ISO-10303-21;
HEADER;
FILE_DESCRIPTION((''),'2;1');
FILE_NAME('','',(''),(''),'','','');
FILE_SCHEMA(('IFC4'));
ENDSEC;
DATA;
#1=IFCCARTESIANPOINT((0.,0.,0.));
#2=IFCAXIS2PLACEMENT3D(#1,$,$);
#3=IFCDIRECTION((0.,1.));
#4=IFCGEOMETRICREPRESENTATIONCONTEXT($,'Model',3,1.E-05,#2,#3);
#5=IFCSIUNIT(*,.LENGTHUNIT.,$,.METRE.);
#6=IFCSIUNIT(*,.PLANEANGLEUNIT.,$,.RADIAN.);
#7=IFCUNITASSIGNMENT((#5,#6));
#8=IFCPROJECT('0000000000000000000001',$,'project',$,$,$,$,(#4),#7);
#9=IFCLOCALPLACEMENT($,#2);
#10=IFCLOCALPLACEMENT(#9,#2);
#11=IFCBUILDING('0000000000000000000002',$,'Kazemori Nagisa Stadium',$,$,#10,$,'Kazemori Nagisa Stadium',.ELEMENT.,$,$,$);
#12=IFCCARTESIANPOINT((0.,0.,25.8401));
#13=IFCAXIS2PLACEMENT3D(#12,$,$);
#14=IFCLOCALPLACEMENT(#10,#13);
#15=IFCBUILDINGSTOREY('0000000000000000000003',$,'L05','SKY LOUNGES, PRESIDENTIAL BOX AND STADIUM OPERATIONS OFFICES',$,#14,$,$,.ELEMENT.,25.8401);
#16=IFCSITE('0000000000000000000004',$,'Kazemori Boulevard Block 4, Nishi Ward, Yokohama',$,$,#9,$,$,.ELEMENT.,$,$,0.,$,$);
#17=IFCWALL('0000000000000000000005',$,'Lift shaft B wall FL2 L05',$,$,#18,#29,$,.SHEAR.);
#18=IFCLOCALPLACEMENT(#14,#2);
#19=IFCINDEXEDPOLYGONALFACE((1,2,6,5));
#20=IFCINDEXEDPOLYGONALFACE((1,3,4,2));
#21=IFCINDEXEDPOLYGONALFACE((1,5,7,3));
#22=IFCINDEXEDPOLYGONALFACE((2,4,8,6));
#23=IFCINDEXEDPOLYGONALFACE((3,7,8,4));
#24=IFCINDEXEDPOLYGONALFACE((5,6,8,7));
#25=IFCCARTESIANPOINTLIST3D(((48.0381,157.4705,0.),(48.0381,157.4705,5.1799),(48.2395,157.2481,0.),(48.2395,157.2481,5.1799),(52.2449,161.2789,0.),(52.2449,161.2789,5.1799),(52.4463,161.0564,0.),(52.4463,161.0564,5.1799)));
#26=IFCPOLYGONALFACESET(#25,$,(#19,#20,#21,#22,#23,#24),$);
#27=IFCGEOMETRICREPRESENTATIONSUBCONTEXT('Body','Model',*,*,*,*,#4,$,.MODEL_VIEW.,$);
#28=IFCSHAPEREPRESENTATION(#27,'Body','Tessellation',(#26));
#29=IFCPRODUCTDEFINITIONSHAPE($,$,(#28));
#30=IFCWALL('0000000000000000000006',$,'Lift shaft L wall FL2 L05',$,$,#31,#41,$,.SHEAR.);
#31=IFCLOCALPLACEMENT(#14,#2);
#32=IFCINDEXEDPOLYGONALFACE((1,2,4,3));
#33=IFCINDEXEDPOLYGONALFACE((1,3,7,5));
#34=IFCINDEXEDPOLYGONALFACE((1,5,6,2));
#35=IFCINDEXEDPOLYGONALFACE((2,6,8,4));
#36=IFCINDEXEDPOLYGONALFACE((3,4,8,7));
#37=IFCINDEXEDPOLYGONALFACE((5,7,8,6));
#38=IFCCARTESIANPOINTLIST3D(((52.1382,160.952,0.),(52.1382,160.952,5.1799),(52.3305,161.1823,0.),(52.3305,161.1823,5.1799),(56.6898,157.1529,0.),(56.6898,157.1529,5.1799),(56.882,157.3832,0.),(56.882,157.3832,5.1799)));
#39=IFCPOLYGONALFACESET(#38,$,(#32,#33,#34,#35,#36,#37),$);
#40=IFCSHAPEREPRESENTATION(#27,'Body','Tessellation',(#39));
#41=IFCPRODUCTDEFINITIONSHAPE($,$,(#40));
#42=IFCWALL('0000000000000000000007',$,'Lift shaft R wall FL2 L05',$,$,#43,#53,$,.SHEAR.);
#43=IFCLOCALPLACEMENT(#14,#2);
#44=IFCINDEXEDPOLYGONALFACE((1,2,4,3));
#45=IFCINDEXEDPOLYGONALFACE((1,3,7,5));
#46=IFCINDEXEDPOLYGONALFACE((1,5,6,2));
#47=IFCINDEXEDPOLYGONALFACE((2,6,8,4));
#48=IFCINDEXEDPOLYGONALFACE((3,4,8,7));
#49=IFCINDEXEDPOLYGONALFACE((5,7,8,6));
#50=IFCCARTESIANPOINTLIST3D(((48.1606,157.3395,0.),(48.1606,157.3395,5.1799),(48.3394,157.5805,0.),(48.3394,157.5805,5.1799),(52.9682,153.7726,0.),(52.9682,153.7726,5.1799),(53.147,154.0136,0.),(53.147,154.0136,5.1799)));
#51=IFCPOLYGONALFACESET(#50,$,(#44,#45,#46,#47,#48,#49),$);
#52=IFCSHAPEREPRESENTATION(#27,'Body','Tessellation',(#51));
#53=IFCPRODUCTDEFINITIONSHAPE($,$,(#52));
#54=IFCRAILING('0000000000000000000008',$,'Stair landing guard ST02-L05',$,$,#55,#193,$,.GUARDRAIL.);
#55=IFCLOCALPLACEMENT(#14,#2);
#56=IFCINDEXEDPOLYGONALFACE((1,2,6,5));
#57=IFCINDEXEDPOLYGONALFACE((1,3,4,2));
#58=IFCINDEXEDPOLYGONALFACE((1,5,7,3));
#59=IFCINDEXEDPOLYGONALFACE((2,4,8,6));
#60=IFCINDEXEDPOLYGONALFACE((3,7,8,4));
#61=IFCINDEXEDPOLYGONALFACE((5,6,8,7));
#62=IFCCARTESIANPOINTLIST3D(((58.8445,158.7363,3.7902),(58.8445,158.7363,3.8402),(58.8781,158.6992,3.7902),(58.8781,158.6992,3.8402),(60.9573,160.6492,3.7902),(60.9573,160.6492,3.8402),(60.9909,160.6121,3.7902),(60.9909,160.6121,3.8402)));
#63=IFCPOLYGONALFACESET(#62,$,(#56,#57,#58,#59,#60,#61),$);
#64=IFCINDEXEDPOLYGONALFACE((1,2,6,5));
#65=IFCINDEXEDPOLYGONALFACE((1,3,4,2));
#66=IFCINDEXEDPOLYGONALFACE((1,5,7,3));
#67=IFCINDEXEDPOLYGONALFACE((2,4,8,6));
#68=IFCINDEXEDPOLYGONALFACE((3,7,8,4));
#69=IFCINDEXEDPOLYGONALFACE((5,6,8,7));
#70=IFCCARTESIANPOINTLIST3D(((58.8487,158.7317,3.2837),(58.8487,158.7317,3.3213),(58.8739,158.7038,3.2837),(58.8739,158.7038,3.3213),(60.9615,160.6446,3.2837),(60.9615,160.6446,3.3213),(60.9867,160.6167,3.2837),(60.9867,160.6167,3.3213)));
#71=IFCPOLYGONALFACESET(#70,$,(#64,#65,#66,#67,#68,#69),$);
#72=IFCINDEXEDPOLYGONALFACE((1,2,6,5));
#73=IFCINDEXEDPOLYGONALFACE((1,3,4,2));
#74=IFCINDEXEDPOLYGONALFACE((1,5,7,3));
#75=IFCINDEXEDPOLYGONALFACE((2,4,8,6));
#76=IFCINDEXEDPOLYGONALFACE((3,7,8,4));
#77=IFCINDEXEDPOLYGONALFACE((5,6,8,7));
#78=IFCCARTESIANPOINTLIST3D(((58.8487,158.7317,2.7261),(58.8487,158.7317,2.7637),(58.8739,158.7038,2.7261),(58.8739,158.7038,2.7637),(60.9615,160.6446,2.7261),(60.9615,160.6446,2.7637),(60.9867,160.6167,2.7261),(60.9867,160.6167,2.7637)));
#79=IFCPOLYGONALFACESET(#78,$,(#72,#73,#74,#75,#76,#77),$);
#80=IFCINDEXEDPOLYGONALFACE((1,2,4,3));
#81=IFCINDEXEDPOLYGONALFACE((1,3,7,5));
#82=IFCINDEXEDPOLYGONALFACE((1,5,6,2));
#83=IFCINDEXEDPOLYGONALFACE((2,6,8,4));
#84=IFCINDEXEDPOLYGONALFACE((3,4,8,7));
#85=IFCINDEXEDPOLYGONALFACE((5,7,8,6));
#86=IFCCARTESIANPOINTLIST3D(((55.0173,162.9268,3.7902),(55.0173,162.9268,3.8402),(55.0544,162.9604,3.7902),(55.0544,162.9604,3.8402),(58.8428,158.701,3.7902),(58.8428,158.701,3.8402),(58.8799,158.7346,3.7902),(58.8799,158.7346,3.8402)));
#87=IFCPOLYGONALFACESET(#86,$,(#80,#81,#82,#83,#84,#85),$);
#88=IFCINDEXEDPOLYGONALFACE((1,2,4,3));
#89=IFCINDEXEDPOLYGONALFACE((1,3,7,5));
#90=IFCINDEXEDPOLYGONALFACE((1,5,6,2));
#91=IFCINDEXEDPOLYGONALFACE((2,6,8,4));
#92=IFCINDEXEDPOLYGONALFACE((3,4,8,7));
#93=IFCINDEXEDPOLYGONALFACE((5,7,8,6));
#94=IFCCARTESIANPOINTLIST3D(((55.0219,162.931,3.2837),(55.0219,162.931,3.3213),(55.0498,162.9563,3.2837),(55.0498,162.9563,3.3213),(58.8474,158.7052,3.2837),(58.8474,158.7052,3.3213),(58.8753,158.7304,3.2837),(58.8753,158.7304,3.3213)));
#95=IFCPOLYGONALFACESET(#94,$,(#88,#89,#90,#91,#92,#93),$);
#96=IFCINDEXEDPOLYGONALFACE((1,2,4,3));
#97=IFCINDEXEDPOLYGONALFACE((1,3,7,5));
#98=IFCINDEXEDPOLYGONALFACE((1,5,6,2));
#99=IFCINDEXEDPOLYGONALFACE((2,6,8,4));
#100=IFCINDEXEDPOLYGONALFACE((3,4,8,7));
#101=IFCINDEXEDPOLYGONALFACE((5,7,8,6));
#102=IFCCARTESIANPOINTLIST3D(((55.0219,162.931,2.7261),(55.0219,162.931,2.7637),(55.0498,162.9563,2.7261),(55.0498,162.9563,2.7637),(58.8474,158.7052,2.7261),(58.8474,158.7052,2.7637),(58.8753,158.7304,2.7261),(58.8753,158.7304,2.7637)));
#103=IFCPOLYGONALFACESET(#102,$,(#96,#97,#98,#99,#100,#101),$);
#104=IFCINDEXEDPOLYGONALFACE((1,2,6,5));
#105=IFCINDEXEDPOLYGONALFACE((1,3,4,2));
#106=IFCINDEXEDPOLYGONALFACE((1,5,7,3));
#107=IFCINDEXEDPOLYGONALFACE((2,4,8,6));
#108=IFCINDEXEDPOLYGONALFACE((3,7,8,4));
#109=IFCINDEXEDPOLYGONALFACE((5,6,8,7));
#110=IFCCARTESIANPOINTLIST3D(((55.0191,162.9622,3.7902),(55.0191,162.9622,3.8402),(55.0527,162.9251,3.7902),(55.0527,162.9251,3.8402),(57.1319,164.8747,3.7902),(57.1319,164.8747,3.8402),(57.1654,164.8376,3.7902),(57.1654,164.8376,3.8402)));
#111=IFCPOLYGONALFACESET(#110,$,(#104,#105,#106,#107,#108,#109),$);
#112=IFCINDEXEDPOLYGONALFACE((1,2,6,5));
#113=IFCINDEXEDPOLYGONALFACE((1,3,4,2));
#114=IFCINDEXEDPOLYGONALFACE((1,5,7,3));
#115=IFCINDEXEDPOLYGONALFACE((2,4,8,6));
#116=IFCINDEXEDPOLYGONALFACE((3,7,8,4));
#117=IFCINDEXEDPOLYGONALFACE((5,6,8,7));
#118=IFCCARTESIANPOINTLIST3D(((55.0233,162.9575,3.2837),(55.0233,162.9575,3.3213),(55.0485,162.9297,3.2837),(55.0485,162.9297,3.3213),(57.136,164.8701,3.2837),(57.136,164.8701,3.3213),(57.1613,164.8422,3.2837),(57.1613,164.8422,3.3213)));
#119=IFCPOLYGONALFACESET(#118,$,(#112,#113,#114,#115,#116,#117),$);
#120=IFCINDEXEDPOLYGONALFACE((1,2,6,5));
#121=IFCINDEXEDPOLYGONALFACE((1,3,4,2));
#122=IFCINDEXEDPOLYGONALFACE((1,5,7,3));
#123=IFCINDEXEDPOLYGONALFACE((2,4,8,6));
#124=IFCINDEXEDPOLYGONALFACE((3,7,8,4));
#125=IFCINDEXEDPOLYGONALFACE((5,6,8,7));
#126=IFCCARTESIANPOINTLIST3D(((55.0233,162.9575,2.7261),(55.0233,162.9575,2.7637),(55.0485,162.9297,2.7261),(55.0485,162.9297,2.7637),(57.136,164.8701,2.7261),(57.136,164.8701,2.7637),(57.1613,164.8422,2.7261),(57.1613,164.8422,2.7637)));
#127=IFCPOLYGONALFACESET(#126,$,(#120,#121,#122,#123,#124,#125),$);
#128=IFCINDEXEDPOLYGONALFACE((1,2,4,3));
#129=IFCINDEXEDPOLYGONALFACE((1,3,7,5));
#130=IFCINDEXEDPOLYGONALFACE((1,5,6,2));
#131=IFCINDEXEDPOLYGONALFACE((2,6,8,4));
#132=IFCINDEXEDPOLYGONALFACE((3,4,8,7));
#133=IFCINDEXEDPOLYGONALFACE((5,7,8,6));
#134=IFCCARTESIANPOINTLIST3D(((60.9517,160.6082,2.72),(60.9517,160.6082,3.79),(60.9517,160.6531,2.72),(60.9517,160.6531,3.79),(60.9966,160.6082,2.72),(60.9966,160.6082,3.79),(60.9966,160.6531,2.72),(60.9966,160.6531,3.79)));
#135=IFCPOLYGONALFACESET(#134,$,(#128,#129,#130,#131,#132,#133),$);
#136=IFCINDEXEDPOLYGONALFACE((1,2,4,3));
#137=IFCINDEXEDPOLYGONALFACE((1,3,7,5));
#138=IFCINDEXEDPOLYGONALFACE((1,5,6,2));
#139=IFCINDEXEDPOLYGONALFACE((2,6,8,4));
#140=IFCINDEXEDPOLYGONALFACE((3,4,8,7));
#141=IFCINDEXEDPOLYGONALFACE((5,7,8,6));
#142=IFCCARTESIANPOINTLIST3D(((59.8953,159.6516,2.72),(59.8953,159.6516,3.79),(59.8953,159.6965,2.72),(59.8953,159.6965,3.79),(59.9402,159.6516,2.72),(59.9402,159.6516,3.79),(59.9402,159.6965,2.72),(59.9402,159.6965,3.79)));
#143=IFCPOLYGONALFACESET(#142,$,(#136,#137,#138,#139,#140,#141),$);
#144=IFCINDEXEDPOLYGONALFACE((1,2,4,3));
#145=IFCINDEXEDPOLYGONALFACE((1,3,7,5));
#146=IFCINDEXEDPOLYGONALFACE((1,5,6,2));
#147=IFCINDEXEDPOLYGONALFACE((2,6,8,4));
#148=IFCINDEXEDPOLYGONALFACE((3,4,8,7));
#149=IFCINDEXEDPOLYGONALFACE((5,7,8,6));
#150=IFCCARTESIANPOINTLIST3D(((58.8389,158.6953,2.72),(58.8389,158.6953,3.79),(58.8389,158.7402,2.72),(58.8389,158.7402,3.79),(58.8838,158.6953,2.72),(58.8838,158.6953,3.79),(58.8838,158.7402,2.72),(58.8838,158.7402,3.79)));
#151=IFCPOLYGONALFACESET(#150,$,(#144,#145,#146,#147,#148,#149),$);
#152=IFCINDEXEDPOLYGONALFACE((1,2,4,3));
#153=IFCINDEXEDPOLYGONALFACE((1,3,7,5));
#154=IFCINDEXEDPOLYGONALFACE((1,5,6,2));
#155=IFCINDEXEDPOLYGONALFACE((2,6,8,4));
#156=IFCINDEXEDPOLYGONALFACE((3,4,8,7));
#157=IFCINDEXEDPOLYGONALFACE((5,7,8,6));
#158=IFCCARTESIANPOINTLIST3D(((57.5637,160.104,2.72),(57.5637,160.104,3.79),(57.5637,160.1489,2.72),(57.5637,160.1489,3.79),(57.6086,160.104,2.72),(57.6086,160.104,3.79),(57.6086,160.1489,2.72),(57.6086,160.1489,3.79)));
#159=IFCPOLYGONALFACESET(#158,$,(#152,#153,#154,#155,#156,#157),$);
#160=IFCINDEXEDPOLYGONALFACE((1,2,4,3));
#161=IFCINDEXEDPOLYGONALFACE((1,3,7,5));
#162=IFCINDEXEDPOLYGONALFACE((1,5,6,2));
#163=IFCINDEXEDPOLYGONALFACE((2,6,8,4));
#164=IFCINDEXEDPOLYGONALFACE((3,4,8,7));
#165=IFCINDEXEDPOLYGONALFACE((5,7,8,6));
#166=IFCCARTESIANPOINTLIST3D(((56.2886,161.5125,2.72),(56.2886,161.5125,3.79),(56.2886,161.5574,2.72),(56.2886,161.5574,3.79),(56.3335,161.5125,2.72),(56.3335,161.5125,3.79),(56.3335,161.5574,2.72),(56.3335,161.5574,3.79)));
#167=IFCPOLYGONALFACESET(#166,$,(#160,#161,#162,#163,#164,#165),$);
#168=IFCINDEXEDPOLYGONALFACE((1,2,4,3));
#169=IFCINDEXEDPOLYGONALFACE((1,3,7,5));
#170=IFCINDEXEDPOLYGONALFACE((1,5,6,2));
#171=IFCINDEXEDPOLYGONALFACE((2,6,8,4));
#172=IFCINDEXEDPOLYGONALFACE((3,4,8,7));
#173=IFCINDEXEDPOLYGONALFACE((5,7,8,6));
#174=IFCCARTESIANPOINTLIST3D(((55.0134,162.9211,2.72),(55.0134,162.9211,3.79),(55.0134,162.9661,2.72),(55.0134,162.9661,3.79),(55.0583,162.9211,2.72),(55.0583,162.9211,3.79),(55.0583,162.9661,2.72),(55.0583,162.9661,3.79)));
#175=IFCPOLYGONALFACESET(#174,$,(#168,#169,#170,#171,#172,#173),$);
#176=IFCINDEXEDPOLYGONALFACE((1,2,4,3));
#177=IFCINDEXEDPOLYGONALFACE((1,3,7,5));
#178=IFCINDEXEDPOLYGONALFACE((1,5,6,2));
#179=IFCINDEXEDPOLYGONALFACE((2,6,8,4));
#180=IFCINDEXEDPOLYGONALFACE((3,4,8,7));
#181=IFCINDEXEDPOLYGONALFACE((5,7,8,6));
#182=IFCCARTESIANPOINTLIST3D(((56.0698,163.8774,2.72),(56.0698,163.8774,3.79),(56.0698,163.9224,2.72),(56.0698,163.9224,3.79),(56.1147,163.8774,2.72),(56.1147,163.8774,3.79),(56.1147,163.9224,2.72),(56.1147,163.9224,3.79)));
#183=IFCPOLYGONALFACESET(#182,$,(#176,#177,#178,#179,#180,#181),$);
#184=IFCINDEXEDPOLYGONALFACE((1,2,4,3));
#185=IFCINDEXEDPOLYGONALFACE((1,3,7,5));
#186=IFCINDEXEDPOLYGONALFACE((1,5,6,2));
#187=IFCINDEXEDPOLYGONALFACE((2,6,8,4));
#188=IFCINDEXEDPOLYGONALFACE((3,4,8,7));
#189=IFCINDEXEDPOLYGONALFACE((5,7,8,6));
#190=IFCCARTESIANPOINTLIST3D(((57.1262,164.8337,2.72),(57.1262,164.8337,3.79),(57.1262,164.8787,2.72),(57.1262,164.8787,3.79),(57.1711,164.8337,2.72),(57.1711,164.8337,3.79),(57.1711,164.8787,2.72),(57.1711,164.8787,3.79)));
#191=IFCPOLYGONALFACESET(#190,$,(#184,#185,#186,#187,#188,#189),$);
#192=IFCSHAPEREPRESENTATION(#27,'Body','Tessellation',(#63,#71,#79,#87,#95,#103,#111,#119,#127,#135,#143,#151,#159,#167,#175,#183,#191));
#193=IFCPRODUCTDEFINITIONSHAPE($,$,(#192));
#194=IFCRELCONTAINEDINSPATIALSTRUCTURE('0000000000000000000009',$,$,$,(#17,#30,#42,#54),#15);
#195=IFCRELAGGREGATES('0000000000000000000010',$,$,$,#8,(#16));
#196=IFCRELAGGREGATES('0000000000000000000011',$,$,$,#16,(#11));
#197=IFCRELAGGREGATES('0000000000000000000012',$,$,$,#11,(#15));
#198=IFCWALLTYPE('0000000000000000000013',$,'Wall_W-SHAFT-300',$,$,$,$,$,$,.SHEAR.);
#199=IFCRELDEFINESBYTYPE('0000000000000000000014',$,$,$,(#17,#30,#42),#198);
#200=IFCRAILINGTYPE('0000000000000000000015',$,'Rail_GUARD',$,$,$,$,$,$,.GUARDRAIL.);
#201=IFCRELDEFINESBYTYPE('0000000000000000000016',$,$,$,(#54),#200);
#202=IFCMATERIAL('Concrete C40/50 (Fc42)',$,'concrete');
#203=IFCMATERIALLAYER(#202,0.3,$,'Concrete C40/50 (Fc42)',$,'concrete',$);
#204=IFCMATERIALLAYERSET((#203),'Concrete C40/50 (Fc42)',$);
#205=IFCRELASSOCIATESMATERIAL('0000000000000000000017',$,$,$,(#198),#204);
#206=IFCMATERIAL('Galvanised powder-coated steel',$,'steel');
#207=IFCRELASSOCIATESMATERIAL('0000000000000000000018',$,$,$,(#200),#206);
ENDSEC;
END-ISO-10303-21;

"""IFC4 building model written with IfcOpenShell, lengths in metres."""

from ifc_helpers import new_model, si_unit, direction, frame, frame_2d, origin, origin_2d, place, context, subcontext, project, spatial, rectangle, extrude, material, layer, layer_set, type_object, element, save


model = new_model("IFC4")

# Units and contexts
model_context = context("Model", 3, precision=1e-05, world=origin(), true_north=direction((0.0, 1.0)))
body_context = subcontext(model_context, "Body", "Model", "MODEL_VIEW")
ifc_project = project(units=[si_unit("LENGTHUNIT", "METRE"), si_unit("PLANEANGLEUNIT", "RADIAN")], contexts=[model_context])

# Site, building, storey
site_placement = place(None, origin())
site = spatial("IfcSite", under=ifc_project, at=site_placement, Name="Kazemori Boulevard Block 4, Nishi Ward, Yokohama", CompositionType="ELEMENT", RefElevation=0.0)
building_placement = place(site_placement, origin())
building = spatial("IfcBuilding", under=site, at=building_placement, Name="Kazemori Nagisa Stadium", LongName="Kazemori Nagisa Stadium", CompositionType="ELEMENT")
storey_placement = place(building_placement, frame((0.0, 0.0, 25.8401)))
storey = spatial("IfcBuildingStorey", under=building, at=storey_placement, Name="L05", Description="SKY LOUNGES, PRESIDENTIAL BOX AND STADIUM OPERATIONS OFFICES", CompositionType="ELEMENT", Elevation=25.8401)

# Shared definitions
ifc_material_1 = material(Name="Concrete C40/50 (Fc42)", Category="concrete")

# Shared definitions
ifc_layer_1 = layer(ifc_material_1, 0.3, Name="Concrete C40/50 (Fc42)", Category="concrete")
ifc_layer_set_1 = layer_set([ifc_layer_1], Name="Concrete C40/50 (Fc42)")
wall_type_1 = type_object("IfcWallType", Name="Wall_W-SHAFT-300", PredefinedType="SHEAR", material=ifc_layer_set_1)

# Walls
wall_1_placement = place(storey_placement, frame((52.3457, 161.1677, 0.0), z_axis=(0.0, 0.0, 1.0), x_axis=(-0.741342, -0.671127, 0.0)))
element("IfcWall", 1, at=wall_1_placement, inside=storey, type_object=wall_type_1, Name="Lift shaft B wall FL2 L05", PredefinedType="SHEAR", context=body_context, shape_type="SweptSolid", body=[
    extrude(rectangle(XDim=5.6746, YDim=0.3, at=frame_2d((2.8374, 0.0))), origin(), (0.0, 0.0, 1.0), 5.1799),
])
wall_2_placement = place(storey_placement, frame((56.7859, 157.2681, 0.0), z_axis=(0.0, 0.0, 1.0), x_axis=(-0.767711, 0.640796, 0.0)))
element("IfcWall", 2, at=wall_2_placement, inside=storey, type_object=wall_type_1, Name="Lift shaft L wall FL2 L05", PredefinedType="SHEAR", context=body_context, shape_type="SweptSolid", body=[
    extrude(rectangle(XDim=5.9287, YDim=0.3, at=frame_2d((2.9644, 0.0))), origin(), (0.0, 0.0, 1.0), 5.1799),
])
wall_3_placement = place(storey_placement, frame((53.0576, 153.8931, 0.0), z_axis=(0.0, 0.0, 1.0), x_axis=(-0.803102, 0.595842, 0.0)))
element("IfcWall", 3, at=wall_3_placement, inside=storey, type_object=wall_type_1, Name="Lift shaft R wall FL2 L05", PredefinedType="SHEAR", context=body_context, shape_type="SweptSolid", body=[
    extrude(rectangle(XDim=5.9863, YDim=0.3, at=frame_2d((2.9932, 0.0))), origin(), (0.0, 0.0, 1.0), 5.1799),
])

# Railing
ifc_material_2 = material(Name="Galvanised powder-coated steel", Category="steel")
railing_type_1 = type_object("IfcRailingType", Name="Rail_GUARD", PredefinedType="GUARDRAIL", material=ifc_material_2)
railing_1_placement = place(storey_placement, frame((60.9741, 160.6306, 2.72)))
element("IfcRailing", 4, at=railing_1_placement, inside=storey, type_object=railing_type_1, Name="Stair landing guard ST02-L05", PredefinedType="GUARDRAIL", context=body_context, shape_type="SweptSolid", body=[
    extrude(rectangle(XDim=0.05, YDim=0.05, at=origin_2d()), frame((0.0, 0.0, 1.0952), z_axis=(-0.741315, -0.671158, 0.0), x_axis=(0.671158, -0.741315, 0.0)), (0.0, 0.0, 1.0), 2.8501),
    extrude(rectangle(XDim=0.0376, YDim=0.0376, at=origin_2d()), frame((0.0, 0.0, 0.5825), z_axis=(-0.741315, -0.671158, 0.0), x_axis=(0.671158, -0.741315, 0.0)), (0.0, 0.0, 1.0), 2.8501),
    extrude(rectangle(XDim=0.0376, YDim=0.0376, at=origin_2d()), frame((0.0, 0.0, 0.0249), z_axis=(-0.741315, -0.671158, 0.0), x_axis=(0.671158, -0.741315, 0.0)), (0.0, 0.0, 1.0), 2.8501),
    extrude(rectangle(XDim=0.05, YDim=0.05, at=origin_2d()), frame((-2.1128, -1.9128, 1.0952), z_axis=(-0.671113, 0.741355, 0.0), x_axis=(-0.741355, -0.671113, 0.0)), (0.0, 0.0, 1.0), 5.7002),
    extrude(rectangle(XDim=0.0376, YDim=0.0376, at=origin_2d()), frame((-2.1128, -1.9128, 0.5825), z_axis=(-0.671113, 0.741355, 0.0), x_axis=(-0.741355, -0.671113, 0.0)), (0.0, 0.0, 1.0), 5.7002),
    extrude(rectangle(XDim=0.0376, YDim=0.0376, at=origin_2d()), frame((-2.1128, -1.9128, 0.0249), z_axis=(-0.671113, 0.741355, 0.0), x_axis=(-0.741355, -0.671113, 0.0)), (0.0, 0.0, 1.0), 5.7002),
    extrude(rectangle(XDim=0.05, YDim=0.05, at=origin_2d()), frame((-5.9382, 2.313, 1.0952), z_axis=(0.741357, 0.671111, 0.0), x_axis=(-0.671111, 0.741357, 0.0)), (0.0, 0.0, 1.0), 2.8499),
    extrude(rectangle(XDim=0.0376, YDim=0.0376, at=origin_2d()), frame((-5.9382, 2.313, 0.5825), z_axis=(0.741357, 0.671111, 0.0), x_axis=(-0.671111, 0.741357, 0.0)), (0.0, 0.0, 1.0), 2.8499),
    extrude(rectangle(XDim=0.0376, YDim=0.0376, at=origin_2d()), frame((-5.9382, 2.313, 0.0249), z_axis=(0.741357, 0.671111, 0.0), x_axis=(-0.671111, 0.741357, 0.0)), (0.0, 0.0, 1.0), 2.8499),
    extrude(rectangle(XDim=0.0449, YDim=0.0449, at=origin_2d()), origin(), (0.0, 0.0, 1.0), 1.0701),
    extrude(rectangle(XDim=0.0449, YDim=0.0449, at=origin_2d()), frame((-1.0564, -0.9565, 0.0)), (0.0, 0.0, 1.0), 1.0701),
    extrude(rectangle(XDim=0.0449, YDim=0.0449, at=origin_2d()), frame((-2.1128, -1.9128, 0.0)), (0.0, 0.0, 1.0), 1.0701),
    extrude(rectangle(XDim=0.0449, YDim=0.0449, at=origin_2d()), frame((-3.3879, -0.5042, 0.0)), (0.0, 0.0, 1.0), 1.0701),
    extrude(rectangle(XDim=0.0449, YDim=0.0449, at=origin_2d()), frame((-4.6631, 0.9043, 0.0)), (0.0, 0.0, 1.0), 1.0701),
    extrude(rectangle(XDim=0.0449, YDim=0.0449, at=origin_2d()), frame((-5.9382, 2.313, 0.0)), (0.0, 0.0, 1.0), 1.0701),
    extrude(rectangle(XDim=0.0449, YDim=0.0449, at=origin_2d()), frame((-4.8818, 3.2693, 0.0)), (0.0, 0.0, 1.0), 1.0701),
    extrude(rectangle(XDim=0.0449, YDim=0.0449, at=origin_2d()), frame((-3.8254, 4.2256, 0.0)), (0.0, 0.0, 1.0), 1.0701),
])

save(model, "model.ifc")
